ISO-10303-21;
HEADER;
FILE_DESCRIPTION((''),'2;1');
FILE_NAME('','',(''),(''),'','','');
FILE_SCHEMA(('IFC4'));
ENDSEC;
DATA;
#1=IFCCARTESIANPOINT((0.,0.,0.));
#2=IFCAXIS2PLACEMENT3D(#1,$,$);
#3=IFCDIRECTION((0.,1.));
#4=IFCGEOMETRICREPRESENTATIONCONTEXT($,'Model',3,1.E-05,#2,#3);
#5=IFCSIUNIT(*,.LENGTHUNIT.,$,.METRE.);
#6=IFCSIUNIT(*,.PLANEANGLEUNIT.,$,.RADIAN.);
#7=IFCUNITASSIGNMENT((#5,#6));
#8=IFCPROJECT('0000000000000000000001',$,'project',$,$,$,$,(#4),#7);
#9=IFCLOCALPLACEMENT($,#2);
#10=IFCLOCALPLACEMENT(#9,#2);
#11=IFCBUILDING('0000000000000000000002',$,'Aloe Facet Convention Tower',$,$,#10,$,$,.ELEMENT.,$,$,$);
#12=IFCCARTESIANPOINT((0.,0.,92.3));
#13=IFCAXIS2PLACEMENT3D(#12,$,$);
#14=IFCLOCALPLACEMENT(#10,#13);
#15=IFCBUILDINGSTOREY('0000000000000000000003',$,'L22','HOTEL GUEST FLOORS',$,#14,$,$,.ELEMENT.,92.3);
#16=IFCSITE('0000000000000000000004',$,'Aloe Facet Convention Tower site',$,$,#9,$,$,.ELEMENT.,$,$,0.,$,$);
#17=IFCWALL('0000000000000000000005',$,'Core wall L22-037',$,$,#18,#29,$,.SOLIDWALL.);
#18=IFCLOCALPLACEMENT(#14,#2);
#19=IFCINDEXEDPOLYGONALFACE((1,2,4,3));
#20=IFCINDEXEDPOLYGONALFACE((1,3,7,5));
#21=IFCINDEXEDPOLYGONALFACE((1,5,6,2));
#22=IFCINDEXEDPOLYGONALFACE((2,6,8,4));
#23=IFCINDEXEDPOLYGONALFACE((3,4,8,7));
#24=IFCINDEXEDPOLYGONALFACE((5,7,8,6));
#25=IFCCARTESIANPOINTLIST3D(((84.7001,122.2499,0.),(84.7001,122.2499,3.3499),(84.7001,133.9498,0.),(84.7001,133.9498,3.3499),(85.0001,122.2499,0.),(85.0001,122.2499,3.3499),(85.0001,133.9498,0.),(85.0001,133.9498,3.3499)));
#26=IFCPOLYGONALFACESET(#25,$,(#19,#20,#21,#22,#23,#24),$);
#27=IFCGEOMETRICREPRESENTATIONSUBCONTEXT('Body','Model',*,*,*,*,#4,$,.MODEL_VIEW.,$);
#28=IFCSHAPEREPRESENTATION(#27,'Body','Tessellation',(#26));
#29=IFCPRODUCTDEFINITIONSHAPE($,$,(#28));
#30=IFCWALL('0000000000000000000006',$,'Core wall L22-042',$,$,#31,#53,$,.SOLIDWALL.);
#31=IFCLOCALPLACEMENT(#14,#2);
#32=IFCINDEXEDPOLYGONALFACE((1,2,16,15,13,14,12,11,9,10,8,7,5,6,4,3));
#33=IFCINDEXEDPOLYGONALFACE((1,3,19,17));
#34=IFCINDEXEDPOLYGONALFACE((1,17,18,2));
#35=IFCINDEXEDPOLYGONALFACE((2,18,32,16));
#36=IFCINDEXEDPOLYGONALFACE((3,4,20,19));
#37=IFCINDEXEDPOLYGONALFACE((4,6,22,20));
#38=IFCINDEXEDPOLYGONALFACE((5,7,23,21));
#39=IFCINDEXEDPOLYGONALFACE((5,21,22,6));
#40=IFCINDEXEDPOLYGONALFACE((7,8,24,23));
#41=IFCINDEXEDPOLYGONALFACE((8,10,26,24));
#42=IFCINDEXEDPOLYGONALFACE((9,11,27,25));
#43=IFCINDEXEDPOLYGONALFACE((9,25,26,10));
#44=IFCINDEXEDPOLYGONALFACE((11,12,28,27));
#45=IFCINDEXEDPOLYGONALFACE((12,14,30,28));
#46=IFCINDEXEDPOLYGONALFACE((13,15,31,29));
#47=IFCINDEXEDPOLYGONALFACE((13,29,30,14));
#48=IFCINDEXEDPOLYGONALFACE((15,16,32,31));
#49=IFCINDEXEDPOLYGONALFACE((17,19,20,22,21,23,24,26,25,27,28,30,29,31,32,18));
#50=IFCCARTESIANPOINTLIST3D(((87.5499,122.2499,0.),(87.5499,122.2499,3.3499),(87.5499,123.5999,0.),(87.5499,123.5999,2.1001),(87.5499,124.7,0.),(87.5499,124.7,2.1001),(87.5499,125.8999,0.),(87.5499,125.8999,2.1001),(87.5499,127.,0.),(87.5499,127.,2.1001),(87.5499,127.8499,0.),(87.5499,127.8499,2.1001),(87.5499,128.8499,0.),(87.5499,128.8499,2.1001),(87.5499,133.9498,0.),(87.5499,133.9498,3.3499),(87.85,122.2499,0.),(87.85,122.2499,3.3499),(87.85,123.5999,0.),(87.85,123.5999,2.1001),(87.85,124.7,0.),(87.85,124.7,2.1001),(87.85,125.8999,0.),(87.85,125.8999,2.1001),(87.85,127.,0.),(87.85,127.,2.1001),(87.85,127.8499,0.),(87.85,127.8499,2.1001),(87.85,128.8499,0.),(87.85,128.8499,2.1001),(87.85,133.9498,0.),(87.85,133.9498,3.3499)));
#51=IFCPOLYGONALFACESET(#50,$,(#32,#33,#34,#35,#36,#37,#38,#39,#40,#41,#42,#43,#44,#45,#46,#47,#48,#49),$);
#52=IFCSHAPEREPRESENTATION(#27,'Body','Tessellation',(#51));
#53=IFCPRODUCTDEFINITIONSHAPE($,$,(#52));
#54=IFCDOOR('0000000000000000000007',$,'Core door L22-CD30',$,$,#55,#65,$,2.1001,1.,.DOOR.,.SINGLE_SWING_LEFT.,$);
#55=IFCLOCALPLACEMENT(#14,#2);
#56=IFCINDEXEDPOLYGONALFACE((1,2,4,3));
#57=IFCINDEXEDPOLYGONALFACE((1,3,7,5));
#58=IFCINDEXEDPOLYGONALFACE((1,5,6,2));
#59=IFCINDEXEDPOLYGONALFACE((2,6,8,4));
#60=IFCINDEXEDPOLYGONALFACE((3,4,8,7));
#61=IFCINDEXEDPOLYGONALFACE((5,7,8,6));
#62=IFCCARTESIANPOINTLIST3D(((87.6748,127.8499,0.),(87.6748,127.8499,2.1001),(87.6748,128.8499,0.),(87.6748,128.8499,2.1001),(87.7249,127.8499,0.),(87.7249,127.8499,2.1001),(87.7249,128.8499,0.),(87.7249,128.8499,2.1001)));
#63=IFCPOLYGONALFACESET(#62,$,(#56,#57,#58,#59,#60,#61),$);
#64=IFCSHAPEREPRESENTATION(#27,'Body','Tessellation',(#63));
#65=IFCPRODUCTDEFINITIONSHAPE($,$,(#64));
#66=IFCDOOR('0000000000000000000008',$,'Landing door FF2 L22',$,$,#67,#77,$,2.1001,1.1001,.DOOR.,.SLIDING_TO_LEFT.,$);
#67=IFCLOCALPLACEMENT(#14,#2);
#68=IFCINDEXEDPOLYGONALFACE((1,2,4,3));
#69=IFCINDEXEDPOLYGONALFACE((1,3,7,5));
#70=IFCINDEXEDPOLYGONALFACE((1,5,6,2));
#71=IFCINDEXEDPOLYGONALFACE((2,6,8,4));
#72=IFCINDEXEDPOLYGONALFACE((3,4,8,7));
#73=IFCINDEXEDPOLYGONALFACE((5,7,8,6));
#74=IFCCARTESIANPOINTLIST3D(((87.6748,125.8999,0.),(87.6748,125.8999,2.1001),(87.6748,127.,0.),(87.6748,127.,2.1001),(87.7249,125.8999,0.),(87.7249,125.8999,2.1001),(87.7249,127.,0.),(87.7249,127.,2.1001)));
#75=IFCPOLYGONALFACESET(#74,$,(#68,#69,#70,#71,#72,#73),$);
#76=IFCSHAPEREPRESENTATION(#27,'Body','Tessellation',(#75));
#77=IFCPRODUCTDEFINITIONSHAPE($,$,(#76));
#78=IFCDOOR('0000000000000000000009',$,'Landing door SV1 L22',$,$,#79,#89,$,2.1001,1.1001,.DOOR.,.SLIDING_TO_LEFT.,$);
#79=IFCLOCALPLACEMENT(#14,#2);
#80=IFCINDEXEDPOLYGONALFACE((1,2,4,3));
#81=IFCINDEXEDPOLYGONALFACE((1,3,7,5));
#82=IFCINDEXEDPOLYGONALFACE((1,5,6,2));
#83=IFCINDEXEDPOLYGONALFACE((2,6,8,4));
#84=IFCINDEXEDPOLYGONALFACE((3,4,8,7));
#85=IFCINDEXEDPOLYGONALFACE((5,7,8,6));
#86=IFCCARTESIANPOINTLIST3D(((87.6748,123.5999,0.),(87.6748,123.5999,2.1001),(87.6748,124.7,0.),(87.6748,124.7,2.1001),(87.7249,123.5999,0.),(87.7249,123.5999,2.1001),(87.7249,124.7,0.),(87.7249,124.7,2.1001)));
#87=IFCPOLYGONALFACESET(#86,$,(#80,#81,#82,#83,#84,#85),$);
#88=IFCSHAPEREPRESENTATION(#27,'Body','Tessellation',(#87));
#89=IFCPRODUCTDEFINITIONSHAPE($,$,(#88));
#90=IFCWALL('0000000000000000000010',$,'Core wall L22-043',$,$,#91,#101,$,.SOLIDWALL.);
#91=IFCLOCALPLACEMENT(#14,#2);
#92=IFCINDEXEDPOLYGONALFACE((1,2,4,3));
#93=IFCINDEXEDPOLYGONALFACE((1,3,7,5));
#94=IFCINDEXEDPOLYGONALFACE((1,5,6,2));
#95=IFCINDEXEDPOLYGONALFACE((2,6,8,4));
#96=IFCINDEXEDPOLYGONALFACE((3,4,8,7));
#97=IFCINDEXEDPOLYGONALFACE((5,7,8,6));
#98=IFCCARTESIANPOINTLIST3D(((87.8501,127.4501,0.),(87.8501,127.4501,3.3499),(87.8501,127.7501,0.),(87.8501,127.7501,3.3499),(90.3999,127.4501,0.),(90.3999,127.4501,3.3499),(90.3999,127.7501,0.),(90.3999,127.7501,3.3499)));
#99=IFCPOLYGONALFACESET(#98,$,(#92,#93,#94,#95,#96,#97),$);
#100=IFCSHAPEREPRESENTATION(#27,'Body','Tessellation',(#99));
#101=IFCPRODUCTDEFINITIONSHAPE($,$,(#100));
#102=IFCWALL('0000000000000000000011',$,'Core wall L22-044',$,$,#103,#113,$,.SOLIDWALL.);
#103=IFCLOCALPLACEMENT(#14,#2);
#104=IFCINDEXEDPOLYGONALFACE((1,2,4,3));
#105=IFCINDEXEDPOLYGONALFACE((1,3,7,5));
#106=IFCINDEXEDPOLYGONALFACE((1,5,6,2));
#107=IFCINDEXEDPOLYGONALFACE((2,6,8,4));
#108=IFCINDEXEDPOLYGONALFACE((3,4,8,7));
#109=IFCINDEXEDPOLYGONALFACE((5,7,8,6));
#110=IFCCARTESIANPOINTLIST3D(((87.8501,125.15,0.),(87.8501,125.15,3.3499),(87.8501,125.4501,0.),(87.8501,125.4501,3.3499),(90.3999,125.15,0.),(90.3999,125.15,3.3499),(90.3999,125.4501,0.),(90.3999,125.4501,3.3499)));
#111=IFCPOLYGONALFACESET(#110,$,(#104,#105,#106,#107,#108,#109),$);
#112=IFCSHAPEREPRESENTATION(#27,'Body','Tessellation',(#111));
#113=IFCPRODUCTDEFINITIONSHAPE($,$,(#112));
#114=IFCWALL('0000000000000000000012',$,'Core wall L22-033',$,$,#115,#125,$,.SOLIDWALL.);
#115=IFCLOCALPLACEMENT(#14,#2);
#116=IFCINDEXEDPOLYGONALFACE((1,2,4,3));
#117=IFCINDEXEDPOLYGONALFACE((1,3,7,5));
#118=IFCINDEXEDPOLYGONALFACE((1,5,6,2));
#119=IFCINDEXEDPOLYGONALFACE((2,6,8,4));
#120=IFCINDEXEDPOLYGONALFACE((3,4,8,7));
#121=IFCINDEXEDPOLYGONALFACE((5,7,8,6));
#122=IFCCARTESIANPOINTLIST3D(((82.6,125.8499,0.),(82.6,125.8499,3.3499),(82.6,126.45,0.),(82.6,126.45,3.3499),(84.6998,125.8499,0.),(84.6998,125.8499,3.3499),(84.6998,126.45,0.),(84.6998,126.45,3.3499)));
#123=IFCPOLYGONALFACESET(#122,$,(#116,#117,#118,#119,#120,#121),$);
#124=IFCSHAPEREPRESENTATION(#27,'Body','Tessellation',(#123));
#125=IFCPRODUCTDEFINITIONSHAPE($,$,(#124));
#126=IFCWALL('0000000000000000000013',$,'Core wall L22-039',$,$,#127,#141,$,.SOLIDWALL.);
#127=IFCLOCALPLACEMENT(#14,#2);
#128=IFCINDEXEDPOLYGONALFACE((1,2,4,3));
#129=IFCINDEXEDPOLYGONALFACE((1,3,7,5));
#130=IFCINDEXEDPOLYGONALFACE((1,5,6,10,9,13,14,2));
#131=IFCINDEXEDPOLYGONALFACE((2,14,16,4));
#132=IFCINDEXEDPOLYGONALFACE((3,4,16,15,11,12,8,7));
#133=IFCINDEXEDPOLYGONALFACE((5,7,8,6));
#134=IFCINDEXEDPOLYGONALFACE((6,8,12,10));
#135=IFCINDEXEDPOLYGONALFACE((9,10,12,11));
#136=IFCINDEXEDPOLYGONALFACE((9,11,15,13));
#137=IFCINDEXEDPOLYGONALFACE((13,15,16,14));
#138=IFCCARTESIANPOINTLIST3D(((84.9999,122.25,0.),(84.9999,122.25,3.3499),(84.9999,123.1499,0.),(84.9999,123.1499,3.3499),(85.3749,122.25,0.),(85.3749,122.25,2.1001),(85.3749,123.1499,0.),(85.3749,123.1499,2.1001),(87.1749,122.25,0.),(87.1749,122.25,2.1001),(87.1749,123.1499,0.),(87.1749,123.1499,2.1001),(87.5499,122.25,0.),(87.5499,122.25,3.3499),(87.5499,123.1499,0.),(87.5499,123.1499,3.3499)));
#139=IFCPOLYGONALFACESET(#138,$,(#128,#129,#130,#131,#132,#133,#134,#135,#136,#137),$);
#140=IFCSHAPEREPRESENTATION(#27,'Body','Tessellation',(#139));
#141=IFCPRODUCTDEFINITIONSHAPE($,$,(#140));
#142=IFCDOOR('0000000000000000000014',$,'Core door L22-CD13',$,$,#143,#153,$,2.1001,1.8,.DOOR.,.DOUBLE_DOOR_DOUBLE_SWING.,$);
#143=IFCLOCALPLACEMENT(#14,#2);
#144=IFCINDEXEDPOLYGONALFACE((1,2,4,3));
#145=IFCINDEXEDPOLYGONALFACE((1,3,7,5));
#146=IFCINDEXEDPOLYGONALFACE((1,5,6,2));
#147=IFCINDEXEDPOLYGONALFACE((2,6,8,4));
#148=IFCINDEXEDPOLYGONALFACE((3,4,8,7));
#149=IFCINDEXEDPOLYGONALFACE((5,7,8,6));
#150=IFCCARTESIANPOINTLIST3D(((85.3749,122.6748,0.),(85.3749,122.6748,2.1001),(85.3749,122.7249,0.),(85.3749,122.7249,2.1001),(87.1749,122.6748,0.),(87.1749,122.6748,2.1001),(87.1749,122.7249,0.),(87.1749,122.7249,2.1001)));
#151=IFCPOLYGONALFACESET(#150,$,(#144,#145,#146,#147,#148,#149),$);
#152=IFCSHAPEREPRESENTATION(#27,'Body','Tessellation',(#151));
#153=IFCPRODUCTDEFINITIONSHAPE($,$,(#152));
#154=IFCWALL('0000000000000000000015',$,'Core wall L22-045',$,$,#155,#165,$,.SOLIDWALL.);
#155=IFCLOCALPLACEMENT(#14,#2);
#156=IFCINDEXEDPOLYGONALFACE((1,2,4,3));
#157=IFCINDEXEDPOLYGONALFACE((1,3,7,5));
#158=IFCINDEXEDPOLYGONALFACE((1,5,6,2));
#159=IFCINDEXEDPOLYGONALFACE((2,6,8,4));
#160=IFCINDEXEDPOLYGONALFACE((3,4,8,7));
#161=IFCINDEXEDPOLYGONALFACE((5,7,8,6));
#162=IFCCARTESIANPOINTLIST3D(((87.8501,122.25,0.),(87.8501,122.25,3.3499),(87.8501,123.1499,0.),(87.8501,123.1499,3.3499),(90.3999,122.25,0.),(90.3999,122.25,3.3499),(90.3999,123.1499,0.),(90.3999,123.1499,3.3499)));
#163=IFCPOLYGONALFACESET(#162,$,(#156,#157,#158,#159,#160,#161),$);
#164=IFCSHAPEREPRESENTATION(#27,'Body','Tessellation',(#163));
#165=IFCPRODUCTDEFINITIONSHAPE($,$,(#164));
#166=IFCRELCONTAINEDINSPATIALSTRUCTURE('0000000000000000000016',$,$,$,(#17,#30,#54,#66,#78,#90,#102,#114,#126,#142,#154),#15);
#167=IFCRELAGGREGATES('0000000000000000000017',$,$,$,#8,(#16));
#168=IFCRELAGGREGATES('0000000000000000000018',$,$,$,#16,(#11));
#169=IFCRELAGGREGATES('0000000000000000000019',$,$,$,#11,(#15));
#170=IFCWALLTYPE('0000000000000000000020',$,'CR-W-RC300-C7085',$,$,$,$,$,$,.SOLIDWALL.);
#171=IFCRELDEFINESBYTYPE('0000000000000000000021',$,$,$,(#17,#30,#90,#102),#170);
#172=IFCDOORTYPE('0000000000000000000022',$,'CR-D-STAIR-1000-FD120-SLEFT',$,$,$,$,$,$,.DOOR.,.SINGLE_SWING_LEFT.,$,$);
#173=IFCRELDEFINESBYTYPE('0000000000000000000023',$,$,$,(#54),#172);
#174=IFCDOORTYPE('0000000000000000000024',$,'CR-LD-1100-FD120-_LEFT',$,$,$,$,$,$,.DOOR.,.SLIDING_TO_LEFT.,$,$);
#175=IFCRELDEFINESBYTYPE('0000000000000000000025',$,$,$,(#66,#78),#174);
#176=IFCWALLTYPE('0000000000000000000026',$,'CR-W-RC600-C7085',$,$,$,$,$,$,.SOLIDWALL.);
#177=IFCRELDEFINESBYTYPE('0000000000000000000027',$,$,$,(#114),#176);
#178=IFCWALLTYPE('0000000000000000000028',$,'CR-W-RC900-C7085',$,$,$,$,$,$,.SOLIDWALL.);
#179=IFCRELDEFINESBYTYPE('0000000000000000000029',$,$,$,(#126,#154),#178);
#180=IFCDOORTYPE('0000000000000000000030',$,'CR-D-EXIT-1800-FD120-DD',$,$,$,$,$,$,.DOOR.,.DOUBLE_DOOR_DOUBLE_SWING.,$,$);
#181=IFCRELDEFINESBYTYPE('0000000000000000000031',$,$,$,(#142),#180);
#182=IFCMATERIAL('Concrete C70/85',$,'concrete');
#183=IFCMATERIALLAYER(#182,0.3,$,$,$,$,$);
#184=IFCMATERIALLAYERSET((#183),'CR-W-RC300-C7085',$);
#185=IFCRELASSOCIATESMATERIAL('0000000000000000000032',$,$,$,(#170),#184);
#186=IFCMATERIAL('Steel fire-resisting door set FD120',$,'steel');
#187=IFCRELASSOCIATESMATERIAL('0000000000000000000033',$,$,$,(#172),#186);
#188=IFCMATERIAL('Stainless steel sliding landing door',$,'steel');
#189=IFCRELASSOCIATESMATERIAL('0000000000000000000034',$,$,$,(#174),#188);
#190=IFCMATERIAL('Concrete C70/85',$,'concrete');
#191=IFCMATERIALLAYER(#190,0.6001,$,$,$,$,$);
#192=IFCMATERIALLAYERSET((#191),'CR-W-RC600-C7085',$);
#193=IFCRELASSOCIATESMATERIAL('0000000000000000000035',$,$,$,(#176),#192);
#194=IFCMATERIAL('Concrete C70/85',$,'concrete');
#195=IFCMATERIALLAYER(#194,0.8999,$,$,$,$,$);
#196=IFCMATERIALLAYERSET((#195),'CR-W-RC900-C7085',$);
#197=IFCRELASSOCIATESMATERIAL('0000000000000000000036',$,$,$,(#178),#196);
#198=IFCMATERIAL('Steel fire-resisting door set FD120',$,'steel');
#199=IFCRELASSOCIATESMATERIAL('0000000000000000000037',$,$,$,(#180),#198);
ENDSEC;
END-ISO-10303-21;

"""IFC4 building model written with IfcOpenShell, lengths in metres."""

from ifc_helpers import new_model, si_unit, direction, frame, frame_2d, origin, place, context, subcontext, project, spatial, rectangle, extrude, material, layer, layer_set, type_object, element, fill, save


model = new_model("IFC4")

# Units and contexts
model_context = context("Model", 3, precision=1e-05, world=origin(), true_north=direction((0.0, 1.0)))
body_context = subcontext(model_context, "Body", "Model", "MODEL_VIEW")
ifc_project = project(units=[si_unit("LENGTHUNIT", "METRE"), si_unit("PLANEANGLEUNIT", "RADIAN")], contexts=[model_context])

# Site, building, storey
site_placement = place(None, origin())
site = spatial("IfcSite", under=ifc_project, at=site_placement, Name="Aloe Facet Convention Tower site", CompositionType="ELEMENT", RefElevation=0.0)
building_placement = place(site_placement, origin())
building = spatial("IfcBuilding", under=site, at=building_placement, Name="Aloe Facet Convention Tower", CompositionType="ELEMENT")
storey_placement = place(building_placement, frame((0.0, 0.0, 92.3)))
storey = spatial("IfcBuildingStorey", under=building, at=storey_placement, Name="L22", Description="HOTEL GUEST FLOORS", CompositionType="ELEMENT", Elevation=92.3)

# Shared definitions
ifc_material_1 = material(Name="Concrete C70/85", Category="concrete")
ifc_layer_1 = layer(ifc_material_1, 0.3)
ifc_layer_set_1 = layer_set([ifc_layer_1], Name="CR-W-RC300-C7085")
wall_type_1 = type_object("IfcWallType", Name="CR-W-RC300-C7085", PredefinedType="SOLIDWALL", material=ifc_layer_set_1)

# Wall
wall_1_placement = place(storey_placement, frame((84.8501, 133.95, 0.0), z_axis=(0.0, 0.0, 1.0), x_axis=(0.0, -1.0, 0.0)))
element("IfcWall", 1, at=wall_1_placement, inside=storey, type_object=wall_type_1, Name="Core wall L22-037", PredefinedType="SOLIDWALL", context=body_context, shape_type="SweptSolid", body=[
    extrude(rectangle(XDim=11.7, YDim=0.3, at=frame_2d((5.8501, 0.0))), origin(), (0.0, 0.0, 1.0), 3.3499),
])

# Wall, openings, doors
wall_2_placement = place(storey_placement, frame((87.7, 133.95, 0.0), z_axis=(0.0, 0.0, 1.0), x_axis=(0.0, -1.0, 0.0)))
wall_2 = element("IfcWall", 2, at=wall_2_placement, inside=storey, type_object=wall_type_1, Name="Core wall L22-042", PredefinedType="SOLIDWALL", context=body_context, shape_type="SweptSolid", body=[
    extrude(rectangle(XDim=11.7, YDim=0.3, at=frame_2d((5.8501, 0.0))), origin(), (0.0, 0.0, 1.0), 3.3499),
])
opening_1_placement = place(wall_2_placement, frame((6.95, 0.0, 0.0)))
opening_1 = element("IfcOpeningElement", 3, at=opening_1_placement, cuts=wall_2, PredefinedType="OPENING", context=body_context, shape_type="SweptSolid", body=[
    extrude(rectangle(XDim=1.1001, YDim=2.1001, at=frame_2d((0.55, 1.05))), frame((0.0, 0.1602, 0.0), z_axis=(0.0, -1.0, 0.0), x_axis=(1.0, 0.0, 0.0)), (0.0, 0.0, 1.0), 0.3201),
])
opening_2_placement = place(wall_2_placement, frame((5.1001, 0.0, 0.0)))
opening_2 = element("IfcOpeningElement", 4, at=opening_2_placement, cuts=wall_2, PredefinedType="OPENING", context=body_context, shape_type="SweptSolid", body=[
    extrude(rectangle(XDim=1.0, YDim=2.1001, at=frame_2d((0.5, 1.05))), frame((0.0, 0.1602, 0.0), z_axis=(0.0, -1.0, 0.0), x_axis=(1.0, 0.0, 0.0)), (0.0, 0.0, 1.0), 0.3201),
])
opening_3_placement = place(wall_2_placement, frame((9.25, 0.0, 0.0)))
opening_3 = element("IfcOpeningElement", 5, at=opening_3_placement, cuts=wall_2, PredefinedType="OPENING", context=body_context, shape_type="SweptSolid", body=[
    extrude(rectangle(XDim=1.1001, YDim=2.1001, at=frame_2d((0.55, 1.05))), frame((0.0, 0.1602, 0.0), z_axis=(0.0, -1.0, 0.0), x_axis=(1.0, 0.0, 0.0)), (0.0, 0.0, 1.0), 0.3201),
])
ifc_material_2 = material(Name="Steel fire-resisting door set FD120", Category="steel")
door_type_1 = type_object("IfcDoorType", Name="CR-D-STAIR-1000-FD120-SLEFT", OperationType="SINGLE_SWING_LEFT", PredefinedType="DOOR", material=ifc_material_2)
door_1_placement = place(opening_2_placement, origin())
door_1 = element("IfcDoor", 6, at=door_1_placement, inside=storey, type_object=door_type_1, Name="Core door L22-CD30", OperationType="SINGLE_SWING_LEFT", OverallHeight=2.1001, OverallWidth=1.0, PredefinedType="DOOR", context=body_context, shape_type="SweptSolid", body=[
    extrude(rectangle(XDim=1.0, YDim=2.1001, at=frame_2d((0.5, 1.05))), frame((0.0, 0.0249, 0.0), z_axis=(0.0, -1.0, 0.0), x_axis=(1.0, 0.0, 0.0)), (0.0, 0.0, 1.0), 0.05),
])
fill(opening_2, door_1)
ifc_material_3 = material(Name="Stainless steel sliding landing door", Category="steel")
door_type_2 = type_object("IfcDoorType", Name="CR-LD-1100-FD120-_LEFT", OperationType="SLIDING_TO_LEFT", PredefinedType="DOOR", material=ifc_material_3)
door_2_placement = place(opening_1_placement, origin())
door_2 = element("IfcDoor", 7, at=door_2_placement, inside=storey, type_object=door_type_2, Name="Landing door FF2 L22", OperationType="SLIDING_TO_LEFT", OverallHeight=2.1001, OverallWidth=1.1001, PredefinedType="DOOR", context=body_context, shape_type="SweptSolid", body=[
    extrude(rectangle(XDim=1.1001, YDim=2.1001, at=frame_2d((0.55, 1.05))), frame((0.0, 0.0249, 0.0), z_axis=(0.0, -1.0, 0.0), x_axis=(1.0, 0.0, 0.0)), (0.0, 0.0, 1.0), 0.05),
])
fill(opening_1, door_2)
door_3_placement = place(opening_3_placement, origin())
door_3 = element("IfcDoor", 8, at=door_3_placement, inside=storey, type_object=door_type_2, Name="Landing door SV1 L22", OperationType="SLIDING_TO_LEFT", OverallHeight=2.1001, OverallWidth=1.1001, PredefinedType="DOOR", context=body_context, shape_type="SweptSolid", body=[
    extrude(rectangle(XDim=1.1001, YDim=2.1001, at=frame_2d((0.55, 1.05))), frame((0.0, 0.0249, 0.0), z_axis=(0.0, -1.0, 0.0), x_axis=(1.0, 0.0, 0.0)), (0.0, 0.0, 1.0), 0.05),
])
fill(opening_3, door_3)

# Walls
for number, where, z_axis, x_axis, name in (
    (9, (87.8501, 127.6001, 0.0), (0.0, 0.0, 1.0), (1.0, 0.0, 0.0), "Core wall L22-043"),
    (10, (87.8501, 125.3, 0.0), (0.0, 0.0, 1.0), (1.0, 0.0, 0.0), "Core wall L22-044"),
):
    element("IfcWall", number, at=place(storey_placement, frame(where, z_axis=z_axis, x_axis=x_axis)), inside=storey, type_object=wall_type_1, Name=name, PredefinedType="SOLIDWALL", context=body_context, shape_type="SweptSolid", body=[
        extrude(rectangle(XDim=2.5498, YDim=0.3, at=frame_2d((1.2749, 0.0))), origin(), (0.0, 0.0, 1.0), 3.3499),
    ])
ifc_material_4 = material(Name="Concrete C70/85", Category="concrete")
ifc_layer_2 = layer(ifc_material_4, 0.6001)
ifc_layer_set_2 = layer_set([ifc_layer_2], Name="CR-W-RC600-C7085")
wall_type_2 = type_object("IfcWallType", Name="CR-W-RC600-C7085", PredefinedType="SOLIDWALL", material=ifc_layer_set_2)
wall_3_placement = place(storey_placement, frame((82.6001, 126.1499, 0.0), z_axis=(0.0, 0.0, 1.0), x_axis=(1.0, 0.0, 0.0)))
element("IfcWall", 11, at=wall_3_placement, inside=storey, type_object=wall_type_2, Name="Core wall L22-033", PredefinedType="SOLIDWALL", context=body_context, shape_type="SweptSolid", body=[
    extrude(rectangle(XDim=2.0999, YDim=0.6001, at=frame_2d((1.0498, 0.0))), origin(), (0.0, 0.0, 1.0), 3.3499),
])

# Wall, opening, door
ifc_material_5 = material(Name="Concrete C70/85", Category="concrete")
ifc_layer_3 = layer(ifc_material_5, 0.8999)
ifc_layer_set_3 = layer_set([ifc_layer_3], Name="CR-W-RC900-C7085")
wall_type_3 = type_object("IfcWallType", Name="CR-W-RC900-C7085", PredefinedType="SOLIDWALL", material=ifc_layer_set_3)
wall_4_placement = place(storey_placement, frame((85.0, 122.7, 0.0), z_axis=(0.0, 0.0, 1.0), x_axis=(1.0, 0.0, 0.0)))
wall_4 = element("IfcWall", 12, at=wall_4_placement, inside=storey, type_object=wall_type_3, Name="Core wall L22-039", PredefinedType="SOLIDWALL", context=body_context, shape_type="SweptSolid", body=[
    extrude(rectangle(XDim=2.55, YDim=0.8999, at=frame_2d((1.2749, 0.0))), origin(), (0.0, 0.0, 1.0), 3.3499),
])
opening_4_placement = place(wall_4_placement, frame((0.375, 0.0, 0.0)))
opening_4 = element("IfcOpeningElement", 13, at=opening_4_placement, cuts=wall_4, PredefinedType="OPENING", context=body_context, shape_type="SweptSolid", body=[
    extrude(rectangle(XDim=1.8, YDim=2.1001, at=frame_2d((0.8999, 1.05))), frame((0.0, 0.46, 0.0), z_axis=(0.0, -1.0, 0.0), x_axis=(1.0, 0.0, 0.0)), (0.0, 0.0, 1.0), 0.9199),
])
ifc_material_6 = material(Name="Steel fire-resisting door set FD120", Category="steel")
door_type_3 = type_object("IfcDoorType", Name="CR-D-EXIT-1800-FD120-DD", OperationType="DOUBLE_DOOR_DOUBLE_SWING", PredefinedType="DOOR", material=ifc_material_6)
door_4_placement = place(opening_4_placement, origin())
door_4 = element("IfcDoor", 14, at=door_4_placement, inside=storey, type_object=door_type_3, Name="Core door L22-CD13", OperationType="DOUBLE_DOOR_DOUBLE_SWING", OverallHeight=2.1001, OverallWidth=1.8, PredefinedType="DOOR", context=body_context, shape_type="SweptSolid", body=[
    extrude(rectangle(XDim=1.8, YDim=2.1001, at=frame_2d((0.8999, 1.05))), frame((0.0, 0.0249, 0.0), z_axis=(0.0, -1.0, 0.0), x_axis=(1.0, 0.0, 0.0)), (0.0, 0.0, 1.0), 0.05),
])
fill(opening_4, door_4)

# Wall
wall_5_placement = place(storey_placement, frame((87.8501, 122.7, 0.0), z_axis=(0.0, 0.0, 1.0), x_axis=(1.0, 0.0, 0.0)))
element("IfcWall", 15, at=wall_5_placement, inside=storey, type_object=wall_type_3, Name="Core wall L22-045", PredefinedType="SOLIDWALL", context=body_context, shape_type="SweptSolid", body=[
    extrude(rectangle(XDim=2.5498, YDim=0.8999, at=frame_2d((1.2749, 0.0))), origin(), (0.0, 0.0, 1.0), 3.3499),
])

save(model, "model.ifc")
